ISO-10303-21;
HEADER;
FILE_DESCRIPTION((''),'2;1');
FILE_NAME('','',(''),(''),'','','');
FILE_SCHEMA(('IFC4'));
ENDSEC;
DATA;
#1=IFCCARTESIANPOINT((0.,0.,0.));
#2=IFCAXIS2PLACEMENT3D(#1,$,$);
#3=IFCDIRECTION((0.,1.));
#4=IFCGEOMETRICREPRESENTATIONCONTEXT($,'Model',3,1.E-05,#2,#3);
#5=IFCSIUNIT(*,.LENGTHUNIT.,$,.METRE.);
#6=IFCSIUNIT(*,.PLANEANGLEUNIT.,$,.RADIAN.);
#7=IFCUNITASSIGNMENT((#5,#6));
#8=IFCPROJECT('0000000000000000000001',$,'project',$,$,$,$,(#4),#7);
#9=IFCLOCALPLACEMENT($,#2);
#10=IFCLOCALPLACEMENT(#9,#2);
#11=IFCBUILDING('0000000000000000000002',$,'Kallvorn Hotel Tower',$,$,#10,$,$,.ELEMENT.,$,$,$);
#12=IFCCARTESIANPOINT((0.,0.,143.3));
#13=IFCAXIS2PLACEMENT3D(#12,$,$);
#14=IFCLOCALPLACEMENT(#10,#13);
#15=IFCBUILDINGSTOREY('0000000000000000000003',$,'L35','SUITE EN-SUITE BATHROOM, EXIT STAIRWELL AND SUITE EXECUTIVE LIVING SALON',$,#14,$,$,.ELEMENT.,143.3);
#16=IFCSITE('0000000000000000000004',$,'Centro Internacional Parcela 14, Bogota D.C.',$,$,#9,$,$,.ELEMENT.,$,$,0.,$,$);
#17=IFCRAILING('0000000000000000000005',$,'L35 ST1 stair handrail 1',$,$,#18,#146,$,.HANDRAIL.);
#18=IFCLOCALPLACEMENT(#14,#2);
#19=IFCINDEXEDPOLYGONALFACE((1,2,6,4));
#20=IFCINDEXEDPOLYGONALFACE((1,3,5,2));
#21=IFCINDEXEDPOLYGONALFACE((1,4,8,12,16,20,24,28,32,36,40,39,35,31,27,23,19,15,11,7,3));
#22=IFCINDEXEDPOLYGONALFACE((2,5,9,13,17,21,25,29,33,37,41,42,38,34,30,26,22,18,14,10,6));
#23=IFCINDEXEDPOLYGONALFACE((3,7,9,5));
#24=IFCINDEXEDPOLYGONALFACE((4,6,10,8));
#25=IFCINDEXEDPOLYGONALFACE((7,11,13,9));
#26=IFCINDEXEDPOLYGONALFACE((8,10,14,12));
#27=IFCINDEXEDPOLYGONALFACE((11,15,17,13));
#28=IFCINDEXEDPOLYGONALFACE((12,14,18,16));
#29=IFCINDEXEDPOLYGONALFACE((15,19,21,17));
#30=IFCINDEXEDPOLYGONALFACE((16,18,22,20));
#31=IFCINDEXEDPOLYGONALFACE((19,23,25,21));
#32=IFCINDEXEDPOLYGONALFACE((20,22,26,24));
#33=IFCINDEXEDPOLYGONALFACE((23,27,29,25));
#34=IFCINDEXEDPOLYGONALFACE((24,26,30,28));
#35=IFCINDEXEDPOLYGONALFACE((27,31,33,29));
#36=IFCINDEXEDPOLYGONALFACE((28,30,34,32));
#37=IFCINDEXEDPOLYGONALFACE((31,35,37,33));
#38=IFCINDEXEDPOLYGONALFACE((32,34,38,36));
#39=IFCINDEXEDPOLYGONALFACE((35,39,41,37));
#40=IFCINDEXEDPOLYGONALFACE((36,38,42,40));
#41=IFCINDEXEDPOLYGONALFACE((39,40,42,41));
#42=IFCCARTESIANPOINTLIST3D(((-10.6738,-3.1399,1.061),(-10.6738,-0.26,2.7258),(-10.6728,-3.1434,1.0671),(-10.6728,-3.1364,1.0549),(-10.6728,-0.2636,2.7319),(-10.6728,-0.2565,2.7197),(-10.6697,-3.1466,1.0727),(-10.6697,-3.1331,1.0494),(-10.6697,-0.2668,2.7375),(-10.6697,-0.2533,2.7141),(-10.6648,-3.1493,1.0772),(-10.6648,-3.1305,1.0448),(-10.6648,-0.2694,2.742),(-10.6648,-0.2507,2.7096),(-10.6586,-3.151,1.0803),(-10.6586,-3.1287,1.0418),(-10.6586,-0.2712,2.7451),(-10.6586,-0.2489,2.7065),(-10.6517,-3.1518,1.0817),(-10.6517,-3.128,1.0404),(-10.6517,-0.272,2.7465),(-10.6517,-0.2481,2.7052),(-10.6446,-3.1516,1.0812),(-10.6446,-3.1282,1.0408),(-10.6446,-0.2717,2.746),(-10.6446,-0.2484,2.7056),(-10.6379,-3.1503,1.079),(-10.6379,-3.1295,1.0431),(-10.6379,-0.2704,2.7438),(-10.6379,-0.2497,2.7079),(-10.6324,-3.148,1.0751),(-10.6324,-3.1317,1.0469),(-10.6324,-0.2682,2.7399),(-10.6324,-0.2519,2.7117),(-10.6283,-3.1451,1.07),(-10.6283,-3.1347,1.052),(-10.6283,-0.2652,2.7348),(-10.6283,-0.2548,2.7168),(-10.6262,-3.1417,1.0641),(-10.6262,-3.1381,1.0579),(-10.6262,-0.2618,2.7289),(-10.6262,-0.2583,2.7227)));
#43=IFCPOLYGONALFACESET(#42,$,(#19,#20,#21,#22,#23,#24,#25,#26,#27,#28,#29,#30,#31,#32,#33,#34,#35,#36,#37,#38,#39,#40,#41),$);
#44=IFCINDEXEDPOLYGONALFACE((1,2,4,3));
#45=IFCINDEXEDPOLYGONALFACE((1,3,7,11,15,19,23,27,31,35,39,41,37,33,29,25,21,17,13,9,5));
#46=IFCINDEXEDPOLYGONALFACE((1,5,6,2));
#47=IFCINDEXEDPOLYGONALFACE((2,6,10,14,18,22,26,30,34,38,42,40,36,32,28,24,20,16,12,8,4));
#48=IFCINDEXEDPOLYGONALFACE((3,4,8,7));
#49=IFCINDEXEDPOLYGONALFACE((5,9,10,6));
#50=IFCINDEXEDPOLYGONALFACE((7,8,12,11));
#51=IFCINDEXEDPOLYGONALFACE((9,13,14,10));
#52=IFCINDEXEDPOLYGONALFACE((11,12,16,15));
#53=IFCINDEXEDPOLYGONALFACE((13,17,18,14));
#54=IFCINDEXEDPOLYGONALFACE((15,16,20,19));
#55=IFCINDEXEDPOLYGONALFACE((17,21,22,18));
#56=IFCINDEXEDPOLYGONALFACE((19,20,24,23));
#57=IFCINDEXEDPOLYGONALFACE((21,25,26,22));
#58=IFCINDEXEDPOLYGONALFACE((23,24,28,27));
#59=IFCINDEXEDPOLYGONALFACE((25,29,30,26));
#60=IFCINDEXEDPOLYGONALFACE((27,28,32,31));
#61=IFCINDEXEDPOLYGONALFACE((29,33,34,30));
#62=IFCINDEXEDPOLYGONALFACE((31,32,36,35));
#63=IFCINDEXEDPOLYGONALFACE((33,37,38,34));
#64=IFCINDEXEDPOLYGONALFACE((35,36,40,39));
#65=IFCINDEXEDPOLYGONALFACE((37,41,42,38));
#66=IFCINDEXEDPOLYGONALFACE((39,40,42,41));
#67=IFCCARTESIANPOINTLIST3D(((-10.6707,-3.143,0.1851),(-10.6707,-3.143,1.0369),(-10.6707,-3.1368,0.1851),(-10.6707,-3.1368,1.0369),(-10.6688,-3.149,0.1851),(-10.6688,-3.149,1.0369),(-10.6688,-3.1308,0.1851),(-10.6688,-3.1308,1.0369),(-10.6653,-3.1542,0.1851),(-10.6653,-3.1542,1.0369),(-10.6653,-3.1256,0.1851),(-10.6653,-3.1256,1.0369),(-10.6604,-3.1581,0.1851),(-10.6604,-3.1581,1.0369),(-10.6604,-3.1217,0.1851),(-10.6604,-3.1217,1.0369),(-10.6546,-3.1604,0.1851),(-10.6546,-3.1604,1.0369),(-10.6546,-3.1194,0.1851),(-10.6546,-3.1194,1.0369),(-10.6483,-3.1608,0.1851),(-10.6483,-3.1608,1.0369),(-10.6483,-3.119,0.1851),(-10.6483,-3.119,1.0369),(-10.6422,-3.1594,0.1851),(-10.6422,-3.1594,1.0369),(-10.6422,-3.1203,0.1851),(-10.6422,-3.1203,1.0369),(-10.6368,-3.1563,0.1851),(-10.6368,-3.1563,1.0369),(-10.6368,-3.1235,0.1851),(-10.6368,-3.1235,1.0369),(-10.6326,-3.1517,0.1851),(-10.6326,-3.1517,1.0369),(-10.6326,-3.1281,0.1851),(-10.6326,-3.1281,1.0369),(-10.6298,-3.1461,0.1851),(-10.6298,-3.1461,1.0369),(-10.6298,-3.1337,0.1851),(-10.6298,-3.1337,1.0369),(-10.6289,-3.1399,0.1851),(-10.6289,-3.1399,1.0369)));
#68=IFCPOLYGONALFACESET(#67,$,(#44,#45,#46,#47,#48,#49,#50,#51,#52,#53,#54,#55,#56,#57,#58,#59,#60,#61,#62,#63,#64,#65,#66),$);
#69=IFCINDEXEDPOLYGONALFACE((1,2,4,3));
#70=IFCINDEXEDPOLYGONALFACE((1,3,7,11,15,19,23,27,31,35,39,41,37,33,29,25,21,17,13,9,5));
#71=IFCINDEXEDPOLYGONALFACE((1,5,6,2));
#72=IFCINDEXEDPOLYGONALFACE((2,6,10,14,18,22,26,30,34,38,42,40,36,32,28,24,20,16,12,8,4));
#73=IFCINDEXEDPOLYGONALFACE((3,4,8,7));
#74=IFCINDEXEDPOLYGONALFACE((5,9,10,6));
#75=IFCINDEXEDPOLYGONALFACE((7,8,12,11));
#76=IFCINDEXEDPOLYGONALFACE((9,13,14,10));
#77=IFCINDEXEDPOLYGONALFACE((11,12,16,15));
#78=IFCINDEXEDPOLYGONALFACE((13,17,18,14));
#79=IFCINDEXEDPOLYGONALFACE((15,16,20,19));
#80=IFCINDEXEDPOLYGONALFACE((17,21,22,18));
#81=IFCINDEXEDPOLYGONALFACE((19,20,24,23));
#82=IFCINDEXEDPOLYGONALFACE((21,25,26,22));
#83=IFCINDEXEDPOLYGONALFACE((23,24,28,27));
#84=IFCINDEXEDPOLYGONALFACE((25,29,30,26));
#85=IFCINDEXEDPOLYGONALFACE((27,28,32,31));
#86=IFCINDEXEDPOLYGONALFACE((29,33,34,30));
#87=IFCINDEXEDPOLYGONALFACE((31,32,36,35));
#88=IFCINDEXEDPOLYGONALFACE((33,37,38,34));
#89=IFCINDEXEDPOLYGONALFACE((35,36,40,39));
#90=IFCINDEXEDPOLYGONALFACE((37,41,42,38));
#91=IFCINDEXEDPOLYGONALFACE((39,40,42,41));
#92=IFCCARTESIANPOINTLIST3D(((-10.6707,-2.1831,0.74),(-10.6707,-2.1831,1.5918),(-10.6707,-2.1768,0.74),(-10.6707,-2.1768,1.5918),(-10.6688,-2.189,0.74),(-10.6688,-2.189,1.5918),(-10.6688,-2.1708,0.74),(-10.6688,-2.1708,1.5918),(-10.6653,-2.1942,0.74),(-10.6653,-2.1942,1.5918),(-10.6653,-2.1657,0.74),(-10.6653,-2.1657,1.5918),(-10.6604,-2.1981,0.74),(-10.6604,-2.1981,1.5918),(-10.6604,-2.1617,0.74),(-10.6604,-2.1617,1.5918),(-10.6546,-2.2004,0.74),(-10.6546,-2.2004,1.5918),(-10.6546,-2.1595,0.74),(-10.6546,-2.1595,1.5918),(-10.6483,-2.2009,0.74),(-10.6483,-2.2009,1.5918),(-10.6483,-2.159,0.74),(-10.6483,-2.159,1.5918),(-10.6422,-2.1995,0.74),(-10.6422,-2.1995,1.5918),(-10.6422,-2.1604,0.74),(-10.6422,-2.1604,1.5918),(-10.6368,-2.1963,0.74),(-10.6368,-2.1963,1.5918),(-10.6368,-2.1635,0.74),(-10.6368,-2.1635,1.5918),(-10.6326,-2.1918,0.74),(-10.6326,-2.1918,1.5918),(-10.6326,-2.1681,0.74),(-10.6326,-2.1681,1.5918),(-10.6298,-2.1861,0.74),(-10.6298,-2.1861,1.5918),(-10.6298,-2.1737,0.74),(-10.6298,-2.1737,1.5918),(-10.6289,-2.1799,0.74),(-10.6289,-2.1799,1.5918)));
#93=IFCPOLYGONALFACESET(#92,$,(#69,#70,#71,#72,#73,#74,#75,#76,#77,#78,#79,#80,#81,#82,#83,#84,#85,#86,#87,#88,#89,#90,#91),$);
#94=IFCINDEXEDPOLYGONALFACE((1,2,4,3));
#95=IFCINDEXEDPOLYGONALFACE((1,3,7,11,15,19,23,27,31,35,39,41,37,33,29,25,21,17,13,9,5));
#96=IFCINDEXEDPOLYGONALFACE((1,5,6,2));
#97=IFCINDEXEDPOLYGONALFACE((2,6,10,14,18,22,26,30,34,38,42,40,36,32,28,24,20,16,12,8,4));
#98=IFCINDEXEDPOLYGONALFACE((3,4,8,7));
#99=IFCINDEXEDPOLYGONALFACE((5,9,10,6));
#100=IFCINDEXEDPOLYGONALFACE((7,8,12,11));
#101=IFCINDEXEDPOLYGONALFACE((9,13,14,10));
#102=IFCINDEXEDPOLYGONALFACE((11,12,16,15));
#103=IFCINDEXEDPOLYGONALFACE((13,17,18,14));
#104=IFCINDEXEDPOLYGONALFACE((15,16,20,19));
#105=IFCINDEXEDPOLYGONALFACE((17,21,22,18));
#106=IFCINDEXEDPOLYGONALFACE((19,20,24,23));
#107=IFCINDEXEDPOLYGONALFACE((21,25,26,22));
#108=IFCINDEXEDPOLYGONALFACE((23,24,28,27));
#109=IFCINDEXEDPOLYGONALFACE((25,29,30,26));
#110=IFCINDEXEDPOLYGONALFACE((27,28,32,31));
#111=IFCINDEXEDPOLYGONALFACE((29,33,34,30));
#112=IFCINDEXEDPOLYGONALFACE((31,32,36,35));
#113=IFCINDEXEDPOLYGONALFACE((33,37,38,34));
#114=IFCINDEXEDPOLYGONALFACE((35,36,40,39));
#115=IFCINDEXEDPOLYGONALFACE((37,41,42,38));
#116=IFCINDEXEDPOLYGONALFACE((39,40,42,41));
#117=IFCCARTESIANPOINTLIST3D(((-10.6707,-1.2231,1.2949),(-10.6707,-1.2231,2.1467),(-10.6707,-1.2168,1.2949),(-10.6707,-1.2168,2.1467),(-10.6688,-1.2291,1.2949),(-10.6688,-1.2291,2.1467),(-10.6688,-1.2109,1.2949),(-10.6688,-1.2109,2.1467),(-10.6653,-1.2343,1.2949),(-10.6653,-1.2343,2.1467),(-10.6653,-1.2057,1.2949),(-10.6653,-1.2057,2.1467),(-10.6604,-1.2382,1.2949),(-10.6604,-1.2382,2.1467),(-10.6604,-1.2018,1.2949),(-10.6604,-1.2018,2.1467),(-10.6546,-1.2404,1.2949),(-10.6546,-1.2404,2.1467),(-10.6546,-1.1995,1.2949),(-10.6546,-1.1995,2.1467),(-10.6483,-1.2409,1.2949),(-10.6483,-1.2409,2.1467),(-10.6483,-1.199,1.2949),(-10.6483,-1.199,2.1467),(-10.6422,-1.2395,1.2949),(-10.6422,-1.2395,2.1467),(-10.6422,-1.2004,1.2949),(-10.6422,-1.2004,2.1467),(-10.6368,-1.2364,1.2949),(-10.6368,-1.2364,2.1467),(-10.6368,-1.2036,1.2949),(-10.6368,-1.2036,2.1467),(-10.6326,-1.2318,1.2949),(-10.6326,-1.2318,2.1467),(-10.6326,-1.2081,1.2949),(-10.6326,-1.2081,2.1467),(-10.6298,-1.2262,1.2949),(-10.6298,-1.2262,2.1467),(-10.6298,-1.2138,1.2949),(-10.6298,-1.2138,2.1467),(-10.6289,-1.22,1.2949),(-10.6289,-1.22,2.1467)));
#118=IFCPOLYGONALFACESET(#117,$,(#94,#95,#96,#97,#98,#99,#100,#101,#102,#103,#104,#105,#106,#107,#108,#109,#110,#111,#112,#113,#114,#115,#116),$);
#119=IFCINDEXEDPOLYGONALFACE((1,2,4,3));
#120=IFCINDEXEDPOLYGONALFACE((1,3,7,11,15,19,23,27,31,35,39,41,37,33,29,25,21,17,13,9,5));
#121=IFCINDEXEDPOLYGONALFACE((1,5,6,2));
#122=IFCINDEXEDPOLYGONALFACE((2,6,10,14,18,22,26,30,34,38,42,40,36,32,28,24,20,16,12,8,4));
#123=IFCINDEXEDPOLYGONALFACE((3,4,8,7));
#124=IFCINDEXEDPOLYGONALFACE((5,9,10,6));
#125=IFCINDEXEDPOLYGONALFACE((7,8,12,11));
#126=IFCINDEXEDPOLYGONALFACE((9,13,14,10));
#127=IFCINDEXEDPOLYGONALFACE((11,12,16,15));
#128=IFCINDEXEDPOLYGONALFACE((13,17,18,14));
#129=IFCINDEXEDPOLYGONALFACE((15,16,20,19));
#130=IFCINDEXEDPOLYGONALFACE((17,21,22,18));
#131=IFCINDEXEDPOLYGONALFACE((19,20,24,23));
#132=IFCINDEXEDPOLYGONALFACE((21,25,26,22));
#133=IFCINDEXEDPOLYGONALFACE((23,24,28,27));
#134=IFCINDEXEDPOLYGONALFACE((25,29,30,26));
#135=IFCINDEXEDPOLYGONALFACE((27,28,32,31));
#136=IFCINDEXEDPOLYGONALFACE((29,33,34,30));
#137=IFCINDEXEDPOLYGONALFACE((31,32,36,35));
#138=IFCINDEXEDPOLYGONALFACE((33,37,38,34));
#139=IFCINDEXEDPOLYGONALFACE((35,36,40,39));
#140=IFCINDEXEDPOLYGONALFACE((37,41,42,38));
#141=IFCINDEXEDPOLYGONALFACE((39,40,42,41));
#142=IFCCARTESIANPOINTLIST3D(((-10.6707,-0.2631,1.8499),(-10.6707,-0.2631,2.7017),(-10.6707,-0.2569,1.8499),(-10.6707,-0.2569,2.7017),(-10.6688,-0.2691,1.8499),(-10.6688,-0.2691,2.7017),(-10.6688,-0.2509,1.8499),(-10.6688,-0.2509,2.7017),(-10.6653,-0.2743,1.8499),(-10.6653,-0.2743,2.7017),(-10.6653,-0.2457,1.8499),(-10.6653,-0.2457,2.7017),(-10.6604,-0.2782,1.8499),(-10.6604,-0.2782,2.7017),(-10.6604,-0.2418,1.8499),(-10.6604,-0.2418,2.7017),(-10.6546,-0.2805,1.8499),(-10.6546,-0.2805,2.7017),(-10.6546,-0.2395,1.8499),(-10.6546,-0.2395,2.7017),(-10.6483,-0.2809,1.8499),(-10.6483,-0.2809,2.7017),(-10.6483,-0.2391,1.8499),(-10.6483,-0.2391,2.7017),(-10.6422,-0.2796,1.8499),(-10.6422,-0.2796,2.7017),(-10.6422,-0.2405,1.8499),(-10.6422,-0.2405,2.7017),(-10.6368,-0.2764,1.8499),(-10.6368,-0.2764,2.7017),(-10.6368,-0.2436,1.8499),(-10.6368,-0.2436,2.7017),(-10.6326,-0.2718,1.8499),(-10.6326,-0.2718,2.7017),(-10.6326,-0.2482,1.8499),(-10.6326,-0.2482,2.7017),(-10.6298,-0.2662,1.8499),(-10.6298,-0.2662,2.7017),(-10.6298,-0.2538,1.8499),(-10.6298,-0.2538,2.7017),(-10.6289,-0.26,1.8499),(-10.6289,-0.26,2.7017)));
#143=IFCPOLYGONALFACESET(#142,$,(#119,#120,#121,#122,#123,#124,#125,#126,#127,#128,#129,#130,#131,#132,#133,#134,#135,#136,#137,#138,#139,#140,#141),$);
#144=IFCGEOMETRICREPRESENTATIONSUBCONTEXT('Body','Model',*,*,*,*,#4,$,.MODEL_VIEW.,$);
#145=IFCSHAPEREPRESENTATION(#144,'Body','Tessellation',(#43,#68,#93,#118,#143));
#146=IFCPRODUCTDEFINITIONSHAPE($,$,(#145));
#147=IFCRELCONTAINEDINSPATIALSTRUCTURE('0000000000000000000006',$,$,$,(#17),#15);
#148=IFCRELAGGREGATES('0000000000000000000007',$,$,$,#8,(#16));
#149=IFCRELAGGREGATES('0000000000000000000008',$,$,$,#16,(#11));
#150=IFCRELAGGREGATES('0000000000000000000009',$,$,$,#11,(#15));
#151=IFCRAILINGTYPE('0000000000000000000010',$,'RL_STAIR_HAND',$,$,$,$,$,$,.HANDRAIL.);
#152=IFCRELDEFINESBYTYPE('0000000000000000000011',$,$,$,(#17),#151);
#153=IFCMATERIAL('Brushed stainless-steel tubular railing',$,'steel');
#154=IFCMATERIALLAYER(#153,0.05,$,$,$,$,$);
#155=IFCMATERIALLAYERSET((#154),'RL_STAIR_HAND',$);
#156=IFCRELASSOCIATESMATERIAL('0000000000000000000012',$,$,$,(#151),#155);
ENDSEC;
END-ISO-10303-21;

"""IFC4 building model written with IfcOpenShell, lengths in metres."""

from ifc_helpers import new_model, si_unit, direction, frame, origin, origin_2d, place, context, subcontext, project, spatial, circle, extrude, material, layer, layer_set, type_object, element, save


model = new_model("IFC4")

# Units and contexts
model_context = context("Model", 3, precision=1e-05, world=origin(), true_north=direction((0.0, 1.0)))
body_context = subcontext(model_context, "Body", "Model", "MODEL_VIEW")
ifc_project = project(units=[si_unit("LENGTHUNIT", "METRE"), si_unit("PLANEANGLEUNIT", "RADIAN")], contexts=[model_context])

# Site, building, storey
site_placement = place(None, origin())
site = spatial("IfcSite", under=ifc_project, at=site_placement, Name="Centro Internacional Parcela 14, Bogota D.C.", CompositionType="ELEMENT", RefElevation=0.0)
building_placement = place(site_placement, origin())
building = spatial("IfcBuilding", under=site, at=building_placement, Name="Kallvorn Hotel Tower", CompositionType="ELEMENT")
storey_placement = place(building_placement, frame((0.0, 0.0, 143.3)))
storey = spatial("IfcBuildingStorey", under=building, at=storey_placement, Name="L35", Description="SUITE EN-SUITE BATHROOM, EXIT STAIRWELL AND SUITE EXECUTIVE LIVING SALON", CompositionType="ELEMENT", Elevation=143.3)

# Railing
ifc_material_1 = material(Name="Brushed stainless-steel tubular railing", Category="steel")
ifc_layer_1 = layer(ifc_material_1, 0.05)
ifc_layer_set_1 = layer_set([ifc_layer_1], Name="RL_STAIR_HAND")
railing_type_1 = type_object("IfcRailingType", Name="RL_STAIR_HAND", PredefinedType="HANDRAIL", material=ifc_layer_set_1)
railing_1_placement = place(storey_placement, frame((-10.6499, -3.1399, 0.1851)))
element("IfcRailing", 1, at=railing_1_placement, inside=storey, type_object=railing_type_1, Name="L35 ST1 stair handrail 1", PredefinedType="HANDRAIL", context=body_context, shape_type="SweptSolid", body=[
    extrude(circle(Radius=0.0239, at=origin_2d()), frame((0.0, 0.0, 0.876), z_axis=(0.0, 0.865753, 0.500472), x_axis=(-1.0, 0.0, 0.0)), (0.0, 0.0, 1.0), 3.3264),
    extrude(circle(Radius=0.021, at=origin_2d()), origin(), (0.0, 0.0, 1.0), 0.8518),
    extrude(circle(Radius=0.021, at=origin_2d()), frame((0.0, 0.96, 0.5549)), (0.0, 0.0, 1.0), 0.8518),
    extrude(circle(Radius=0.021, at=origin_2d()), frame((0.0, 1.9199, 1.1099)), (0.0, 0.0, 1.0), 0.8518),
    extrude(circle(Radius=0.021, at=origin_2d()), frame((0.0, 2.8799, 1.6648)), (0.0, 0.0, 1.0), 0.8518),
])

save(model, "model.ifc")
